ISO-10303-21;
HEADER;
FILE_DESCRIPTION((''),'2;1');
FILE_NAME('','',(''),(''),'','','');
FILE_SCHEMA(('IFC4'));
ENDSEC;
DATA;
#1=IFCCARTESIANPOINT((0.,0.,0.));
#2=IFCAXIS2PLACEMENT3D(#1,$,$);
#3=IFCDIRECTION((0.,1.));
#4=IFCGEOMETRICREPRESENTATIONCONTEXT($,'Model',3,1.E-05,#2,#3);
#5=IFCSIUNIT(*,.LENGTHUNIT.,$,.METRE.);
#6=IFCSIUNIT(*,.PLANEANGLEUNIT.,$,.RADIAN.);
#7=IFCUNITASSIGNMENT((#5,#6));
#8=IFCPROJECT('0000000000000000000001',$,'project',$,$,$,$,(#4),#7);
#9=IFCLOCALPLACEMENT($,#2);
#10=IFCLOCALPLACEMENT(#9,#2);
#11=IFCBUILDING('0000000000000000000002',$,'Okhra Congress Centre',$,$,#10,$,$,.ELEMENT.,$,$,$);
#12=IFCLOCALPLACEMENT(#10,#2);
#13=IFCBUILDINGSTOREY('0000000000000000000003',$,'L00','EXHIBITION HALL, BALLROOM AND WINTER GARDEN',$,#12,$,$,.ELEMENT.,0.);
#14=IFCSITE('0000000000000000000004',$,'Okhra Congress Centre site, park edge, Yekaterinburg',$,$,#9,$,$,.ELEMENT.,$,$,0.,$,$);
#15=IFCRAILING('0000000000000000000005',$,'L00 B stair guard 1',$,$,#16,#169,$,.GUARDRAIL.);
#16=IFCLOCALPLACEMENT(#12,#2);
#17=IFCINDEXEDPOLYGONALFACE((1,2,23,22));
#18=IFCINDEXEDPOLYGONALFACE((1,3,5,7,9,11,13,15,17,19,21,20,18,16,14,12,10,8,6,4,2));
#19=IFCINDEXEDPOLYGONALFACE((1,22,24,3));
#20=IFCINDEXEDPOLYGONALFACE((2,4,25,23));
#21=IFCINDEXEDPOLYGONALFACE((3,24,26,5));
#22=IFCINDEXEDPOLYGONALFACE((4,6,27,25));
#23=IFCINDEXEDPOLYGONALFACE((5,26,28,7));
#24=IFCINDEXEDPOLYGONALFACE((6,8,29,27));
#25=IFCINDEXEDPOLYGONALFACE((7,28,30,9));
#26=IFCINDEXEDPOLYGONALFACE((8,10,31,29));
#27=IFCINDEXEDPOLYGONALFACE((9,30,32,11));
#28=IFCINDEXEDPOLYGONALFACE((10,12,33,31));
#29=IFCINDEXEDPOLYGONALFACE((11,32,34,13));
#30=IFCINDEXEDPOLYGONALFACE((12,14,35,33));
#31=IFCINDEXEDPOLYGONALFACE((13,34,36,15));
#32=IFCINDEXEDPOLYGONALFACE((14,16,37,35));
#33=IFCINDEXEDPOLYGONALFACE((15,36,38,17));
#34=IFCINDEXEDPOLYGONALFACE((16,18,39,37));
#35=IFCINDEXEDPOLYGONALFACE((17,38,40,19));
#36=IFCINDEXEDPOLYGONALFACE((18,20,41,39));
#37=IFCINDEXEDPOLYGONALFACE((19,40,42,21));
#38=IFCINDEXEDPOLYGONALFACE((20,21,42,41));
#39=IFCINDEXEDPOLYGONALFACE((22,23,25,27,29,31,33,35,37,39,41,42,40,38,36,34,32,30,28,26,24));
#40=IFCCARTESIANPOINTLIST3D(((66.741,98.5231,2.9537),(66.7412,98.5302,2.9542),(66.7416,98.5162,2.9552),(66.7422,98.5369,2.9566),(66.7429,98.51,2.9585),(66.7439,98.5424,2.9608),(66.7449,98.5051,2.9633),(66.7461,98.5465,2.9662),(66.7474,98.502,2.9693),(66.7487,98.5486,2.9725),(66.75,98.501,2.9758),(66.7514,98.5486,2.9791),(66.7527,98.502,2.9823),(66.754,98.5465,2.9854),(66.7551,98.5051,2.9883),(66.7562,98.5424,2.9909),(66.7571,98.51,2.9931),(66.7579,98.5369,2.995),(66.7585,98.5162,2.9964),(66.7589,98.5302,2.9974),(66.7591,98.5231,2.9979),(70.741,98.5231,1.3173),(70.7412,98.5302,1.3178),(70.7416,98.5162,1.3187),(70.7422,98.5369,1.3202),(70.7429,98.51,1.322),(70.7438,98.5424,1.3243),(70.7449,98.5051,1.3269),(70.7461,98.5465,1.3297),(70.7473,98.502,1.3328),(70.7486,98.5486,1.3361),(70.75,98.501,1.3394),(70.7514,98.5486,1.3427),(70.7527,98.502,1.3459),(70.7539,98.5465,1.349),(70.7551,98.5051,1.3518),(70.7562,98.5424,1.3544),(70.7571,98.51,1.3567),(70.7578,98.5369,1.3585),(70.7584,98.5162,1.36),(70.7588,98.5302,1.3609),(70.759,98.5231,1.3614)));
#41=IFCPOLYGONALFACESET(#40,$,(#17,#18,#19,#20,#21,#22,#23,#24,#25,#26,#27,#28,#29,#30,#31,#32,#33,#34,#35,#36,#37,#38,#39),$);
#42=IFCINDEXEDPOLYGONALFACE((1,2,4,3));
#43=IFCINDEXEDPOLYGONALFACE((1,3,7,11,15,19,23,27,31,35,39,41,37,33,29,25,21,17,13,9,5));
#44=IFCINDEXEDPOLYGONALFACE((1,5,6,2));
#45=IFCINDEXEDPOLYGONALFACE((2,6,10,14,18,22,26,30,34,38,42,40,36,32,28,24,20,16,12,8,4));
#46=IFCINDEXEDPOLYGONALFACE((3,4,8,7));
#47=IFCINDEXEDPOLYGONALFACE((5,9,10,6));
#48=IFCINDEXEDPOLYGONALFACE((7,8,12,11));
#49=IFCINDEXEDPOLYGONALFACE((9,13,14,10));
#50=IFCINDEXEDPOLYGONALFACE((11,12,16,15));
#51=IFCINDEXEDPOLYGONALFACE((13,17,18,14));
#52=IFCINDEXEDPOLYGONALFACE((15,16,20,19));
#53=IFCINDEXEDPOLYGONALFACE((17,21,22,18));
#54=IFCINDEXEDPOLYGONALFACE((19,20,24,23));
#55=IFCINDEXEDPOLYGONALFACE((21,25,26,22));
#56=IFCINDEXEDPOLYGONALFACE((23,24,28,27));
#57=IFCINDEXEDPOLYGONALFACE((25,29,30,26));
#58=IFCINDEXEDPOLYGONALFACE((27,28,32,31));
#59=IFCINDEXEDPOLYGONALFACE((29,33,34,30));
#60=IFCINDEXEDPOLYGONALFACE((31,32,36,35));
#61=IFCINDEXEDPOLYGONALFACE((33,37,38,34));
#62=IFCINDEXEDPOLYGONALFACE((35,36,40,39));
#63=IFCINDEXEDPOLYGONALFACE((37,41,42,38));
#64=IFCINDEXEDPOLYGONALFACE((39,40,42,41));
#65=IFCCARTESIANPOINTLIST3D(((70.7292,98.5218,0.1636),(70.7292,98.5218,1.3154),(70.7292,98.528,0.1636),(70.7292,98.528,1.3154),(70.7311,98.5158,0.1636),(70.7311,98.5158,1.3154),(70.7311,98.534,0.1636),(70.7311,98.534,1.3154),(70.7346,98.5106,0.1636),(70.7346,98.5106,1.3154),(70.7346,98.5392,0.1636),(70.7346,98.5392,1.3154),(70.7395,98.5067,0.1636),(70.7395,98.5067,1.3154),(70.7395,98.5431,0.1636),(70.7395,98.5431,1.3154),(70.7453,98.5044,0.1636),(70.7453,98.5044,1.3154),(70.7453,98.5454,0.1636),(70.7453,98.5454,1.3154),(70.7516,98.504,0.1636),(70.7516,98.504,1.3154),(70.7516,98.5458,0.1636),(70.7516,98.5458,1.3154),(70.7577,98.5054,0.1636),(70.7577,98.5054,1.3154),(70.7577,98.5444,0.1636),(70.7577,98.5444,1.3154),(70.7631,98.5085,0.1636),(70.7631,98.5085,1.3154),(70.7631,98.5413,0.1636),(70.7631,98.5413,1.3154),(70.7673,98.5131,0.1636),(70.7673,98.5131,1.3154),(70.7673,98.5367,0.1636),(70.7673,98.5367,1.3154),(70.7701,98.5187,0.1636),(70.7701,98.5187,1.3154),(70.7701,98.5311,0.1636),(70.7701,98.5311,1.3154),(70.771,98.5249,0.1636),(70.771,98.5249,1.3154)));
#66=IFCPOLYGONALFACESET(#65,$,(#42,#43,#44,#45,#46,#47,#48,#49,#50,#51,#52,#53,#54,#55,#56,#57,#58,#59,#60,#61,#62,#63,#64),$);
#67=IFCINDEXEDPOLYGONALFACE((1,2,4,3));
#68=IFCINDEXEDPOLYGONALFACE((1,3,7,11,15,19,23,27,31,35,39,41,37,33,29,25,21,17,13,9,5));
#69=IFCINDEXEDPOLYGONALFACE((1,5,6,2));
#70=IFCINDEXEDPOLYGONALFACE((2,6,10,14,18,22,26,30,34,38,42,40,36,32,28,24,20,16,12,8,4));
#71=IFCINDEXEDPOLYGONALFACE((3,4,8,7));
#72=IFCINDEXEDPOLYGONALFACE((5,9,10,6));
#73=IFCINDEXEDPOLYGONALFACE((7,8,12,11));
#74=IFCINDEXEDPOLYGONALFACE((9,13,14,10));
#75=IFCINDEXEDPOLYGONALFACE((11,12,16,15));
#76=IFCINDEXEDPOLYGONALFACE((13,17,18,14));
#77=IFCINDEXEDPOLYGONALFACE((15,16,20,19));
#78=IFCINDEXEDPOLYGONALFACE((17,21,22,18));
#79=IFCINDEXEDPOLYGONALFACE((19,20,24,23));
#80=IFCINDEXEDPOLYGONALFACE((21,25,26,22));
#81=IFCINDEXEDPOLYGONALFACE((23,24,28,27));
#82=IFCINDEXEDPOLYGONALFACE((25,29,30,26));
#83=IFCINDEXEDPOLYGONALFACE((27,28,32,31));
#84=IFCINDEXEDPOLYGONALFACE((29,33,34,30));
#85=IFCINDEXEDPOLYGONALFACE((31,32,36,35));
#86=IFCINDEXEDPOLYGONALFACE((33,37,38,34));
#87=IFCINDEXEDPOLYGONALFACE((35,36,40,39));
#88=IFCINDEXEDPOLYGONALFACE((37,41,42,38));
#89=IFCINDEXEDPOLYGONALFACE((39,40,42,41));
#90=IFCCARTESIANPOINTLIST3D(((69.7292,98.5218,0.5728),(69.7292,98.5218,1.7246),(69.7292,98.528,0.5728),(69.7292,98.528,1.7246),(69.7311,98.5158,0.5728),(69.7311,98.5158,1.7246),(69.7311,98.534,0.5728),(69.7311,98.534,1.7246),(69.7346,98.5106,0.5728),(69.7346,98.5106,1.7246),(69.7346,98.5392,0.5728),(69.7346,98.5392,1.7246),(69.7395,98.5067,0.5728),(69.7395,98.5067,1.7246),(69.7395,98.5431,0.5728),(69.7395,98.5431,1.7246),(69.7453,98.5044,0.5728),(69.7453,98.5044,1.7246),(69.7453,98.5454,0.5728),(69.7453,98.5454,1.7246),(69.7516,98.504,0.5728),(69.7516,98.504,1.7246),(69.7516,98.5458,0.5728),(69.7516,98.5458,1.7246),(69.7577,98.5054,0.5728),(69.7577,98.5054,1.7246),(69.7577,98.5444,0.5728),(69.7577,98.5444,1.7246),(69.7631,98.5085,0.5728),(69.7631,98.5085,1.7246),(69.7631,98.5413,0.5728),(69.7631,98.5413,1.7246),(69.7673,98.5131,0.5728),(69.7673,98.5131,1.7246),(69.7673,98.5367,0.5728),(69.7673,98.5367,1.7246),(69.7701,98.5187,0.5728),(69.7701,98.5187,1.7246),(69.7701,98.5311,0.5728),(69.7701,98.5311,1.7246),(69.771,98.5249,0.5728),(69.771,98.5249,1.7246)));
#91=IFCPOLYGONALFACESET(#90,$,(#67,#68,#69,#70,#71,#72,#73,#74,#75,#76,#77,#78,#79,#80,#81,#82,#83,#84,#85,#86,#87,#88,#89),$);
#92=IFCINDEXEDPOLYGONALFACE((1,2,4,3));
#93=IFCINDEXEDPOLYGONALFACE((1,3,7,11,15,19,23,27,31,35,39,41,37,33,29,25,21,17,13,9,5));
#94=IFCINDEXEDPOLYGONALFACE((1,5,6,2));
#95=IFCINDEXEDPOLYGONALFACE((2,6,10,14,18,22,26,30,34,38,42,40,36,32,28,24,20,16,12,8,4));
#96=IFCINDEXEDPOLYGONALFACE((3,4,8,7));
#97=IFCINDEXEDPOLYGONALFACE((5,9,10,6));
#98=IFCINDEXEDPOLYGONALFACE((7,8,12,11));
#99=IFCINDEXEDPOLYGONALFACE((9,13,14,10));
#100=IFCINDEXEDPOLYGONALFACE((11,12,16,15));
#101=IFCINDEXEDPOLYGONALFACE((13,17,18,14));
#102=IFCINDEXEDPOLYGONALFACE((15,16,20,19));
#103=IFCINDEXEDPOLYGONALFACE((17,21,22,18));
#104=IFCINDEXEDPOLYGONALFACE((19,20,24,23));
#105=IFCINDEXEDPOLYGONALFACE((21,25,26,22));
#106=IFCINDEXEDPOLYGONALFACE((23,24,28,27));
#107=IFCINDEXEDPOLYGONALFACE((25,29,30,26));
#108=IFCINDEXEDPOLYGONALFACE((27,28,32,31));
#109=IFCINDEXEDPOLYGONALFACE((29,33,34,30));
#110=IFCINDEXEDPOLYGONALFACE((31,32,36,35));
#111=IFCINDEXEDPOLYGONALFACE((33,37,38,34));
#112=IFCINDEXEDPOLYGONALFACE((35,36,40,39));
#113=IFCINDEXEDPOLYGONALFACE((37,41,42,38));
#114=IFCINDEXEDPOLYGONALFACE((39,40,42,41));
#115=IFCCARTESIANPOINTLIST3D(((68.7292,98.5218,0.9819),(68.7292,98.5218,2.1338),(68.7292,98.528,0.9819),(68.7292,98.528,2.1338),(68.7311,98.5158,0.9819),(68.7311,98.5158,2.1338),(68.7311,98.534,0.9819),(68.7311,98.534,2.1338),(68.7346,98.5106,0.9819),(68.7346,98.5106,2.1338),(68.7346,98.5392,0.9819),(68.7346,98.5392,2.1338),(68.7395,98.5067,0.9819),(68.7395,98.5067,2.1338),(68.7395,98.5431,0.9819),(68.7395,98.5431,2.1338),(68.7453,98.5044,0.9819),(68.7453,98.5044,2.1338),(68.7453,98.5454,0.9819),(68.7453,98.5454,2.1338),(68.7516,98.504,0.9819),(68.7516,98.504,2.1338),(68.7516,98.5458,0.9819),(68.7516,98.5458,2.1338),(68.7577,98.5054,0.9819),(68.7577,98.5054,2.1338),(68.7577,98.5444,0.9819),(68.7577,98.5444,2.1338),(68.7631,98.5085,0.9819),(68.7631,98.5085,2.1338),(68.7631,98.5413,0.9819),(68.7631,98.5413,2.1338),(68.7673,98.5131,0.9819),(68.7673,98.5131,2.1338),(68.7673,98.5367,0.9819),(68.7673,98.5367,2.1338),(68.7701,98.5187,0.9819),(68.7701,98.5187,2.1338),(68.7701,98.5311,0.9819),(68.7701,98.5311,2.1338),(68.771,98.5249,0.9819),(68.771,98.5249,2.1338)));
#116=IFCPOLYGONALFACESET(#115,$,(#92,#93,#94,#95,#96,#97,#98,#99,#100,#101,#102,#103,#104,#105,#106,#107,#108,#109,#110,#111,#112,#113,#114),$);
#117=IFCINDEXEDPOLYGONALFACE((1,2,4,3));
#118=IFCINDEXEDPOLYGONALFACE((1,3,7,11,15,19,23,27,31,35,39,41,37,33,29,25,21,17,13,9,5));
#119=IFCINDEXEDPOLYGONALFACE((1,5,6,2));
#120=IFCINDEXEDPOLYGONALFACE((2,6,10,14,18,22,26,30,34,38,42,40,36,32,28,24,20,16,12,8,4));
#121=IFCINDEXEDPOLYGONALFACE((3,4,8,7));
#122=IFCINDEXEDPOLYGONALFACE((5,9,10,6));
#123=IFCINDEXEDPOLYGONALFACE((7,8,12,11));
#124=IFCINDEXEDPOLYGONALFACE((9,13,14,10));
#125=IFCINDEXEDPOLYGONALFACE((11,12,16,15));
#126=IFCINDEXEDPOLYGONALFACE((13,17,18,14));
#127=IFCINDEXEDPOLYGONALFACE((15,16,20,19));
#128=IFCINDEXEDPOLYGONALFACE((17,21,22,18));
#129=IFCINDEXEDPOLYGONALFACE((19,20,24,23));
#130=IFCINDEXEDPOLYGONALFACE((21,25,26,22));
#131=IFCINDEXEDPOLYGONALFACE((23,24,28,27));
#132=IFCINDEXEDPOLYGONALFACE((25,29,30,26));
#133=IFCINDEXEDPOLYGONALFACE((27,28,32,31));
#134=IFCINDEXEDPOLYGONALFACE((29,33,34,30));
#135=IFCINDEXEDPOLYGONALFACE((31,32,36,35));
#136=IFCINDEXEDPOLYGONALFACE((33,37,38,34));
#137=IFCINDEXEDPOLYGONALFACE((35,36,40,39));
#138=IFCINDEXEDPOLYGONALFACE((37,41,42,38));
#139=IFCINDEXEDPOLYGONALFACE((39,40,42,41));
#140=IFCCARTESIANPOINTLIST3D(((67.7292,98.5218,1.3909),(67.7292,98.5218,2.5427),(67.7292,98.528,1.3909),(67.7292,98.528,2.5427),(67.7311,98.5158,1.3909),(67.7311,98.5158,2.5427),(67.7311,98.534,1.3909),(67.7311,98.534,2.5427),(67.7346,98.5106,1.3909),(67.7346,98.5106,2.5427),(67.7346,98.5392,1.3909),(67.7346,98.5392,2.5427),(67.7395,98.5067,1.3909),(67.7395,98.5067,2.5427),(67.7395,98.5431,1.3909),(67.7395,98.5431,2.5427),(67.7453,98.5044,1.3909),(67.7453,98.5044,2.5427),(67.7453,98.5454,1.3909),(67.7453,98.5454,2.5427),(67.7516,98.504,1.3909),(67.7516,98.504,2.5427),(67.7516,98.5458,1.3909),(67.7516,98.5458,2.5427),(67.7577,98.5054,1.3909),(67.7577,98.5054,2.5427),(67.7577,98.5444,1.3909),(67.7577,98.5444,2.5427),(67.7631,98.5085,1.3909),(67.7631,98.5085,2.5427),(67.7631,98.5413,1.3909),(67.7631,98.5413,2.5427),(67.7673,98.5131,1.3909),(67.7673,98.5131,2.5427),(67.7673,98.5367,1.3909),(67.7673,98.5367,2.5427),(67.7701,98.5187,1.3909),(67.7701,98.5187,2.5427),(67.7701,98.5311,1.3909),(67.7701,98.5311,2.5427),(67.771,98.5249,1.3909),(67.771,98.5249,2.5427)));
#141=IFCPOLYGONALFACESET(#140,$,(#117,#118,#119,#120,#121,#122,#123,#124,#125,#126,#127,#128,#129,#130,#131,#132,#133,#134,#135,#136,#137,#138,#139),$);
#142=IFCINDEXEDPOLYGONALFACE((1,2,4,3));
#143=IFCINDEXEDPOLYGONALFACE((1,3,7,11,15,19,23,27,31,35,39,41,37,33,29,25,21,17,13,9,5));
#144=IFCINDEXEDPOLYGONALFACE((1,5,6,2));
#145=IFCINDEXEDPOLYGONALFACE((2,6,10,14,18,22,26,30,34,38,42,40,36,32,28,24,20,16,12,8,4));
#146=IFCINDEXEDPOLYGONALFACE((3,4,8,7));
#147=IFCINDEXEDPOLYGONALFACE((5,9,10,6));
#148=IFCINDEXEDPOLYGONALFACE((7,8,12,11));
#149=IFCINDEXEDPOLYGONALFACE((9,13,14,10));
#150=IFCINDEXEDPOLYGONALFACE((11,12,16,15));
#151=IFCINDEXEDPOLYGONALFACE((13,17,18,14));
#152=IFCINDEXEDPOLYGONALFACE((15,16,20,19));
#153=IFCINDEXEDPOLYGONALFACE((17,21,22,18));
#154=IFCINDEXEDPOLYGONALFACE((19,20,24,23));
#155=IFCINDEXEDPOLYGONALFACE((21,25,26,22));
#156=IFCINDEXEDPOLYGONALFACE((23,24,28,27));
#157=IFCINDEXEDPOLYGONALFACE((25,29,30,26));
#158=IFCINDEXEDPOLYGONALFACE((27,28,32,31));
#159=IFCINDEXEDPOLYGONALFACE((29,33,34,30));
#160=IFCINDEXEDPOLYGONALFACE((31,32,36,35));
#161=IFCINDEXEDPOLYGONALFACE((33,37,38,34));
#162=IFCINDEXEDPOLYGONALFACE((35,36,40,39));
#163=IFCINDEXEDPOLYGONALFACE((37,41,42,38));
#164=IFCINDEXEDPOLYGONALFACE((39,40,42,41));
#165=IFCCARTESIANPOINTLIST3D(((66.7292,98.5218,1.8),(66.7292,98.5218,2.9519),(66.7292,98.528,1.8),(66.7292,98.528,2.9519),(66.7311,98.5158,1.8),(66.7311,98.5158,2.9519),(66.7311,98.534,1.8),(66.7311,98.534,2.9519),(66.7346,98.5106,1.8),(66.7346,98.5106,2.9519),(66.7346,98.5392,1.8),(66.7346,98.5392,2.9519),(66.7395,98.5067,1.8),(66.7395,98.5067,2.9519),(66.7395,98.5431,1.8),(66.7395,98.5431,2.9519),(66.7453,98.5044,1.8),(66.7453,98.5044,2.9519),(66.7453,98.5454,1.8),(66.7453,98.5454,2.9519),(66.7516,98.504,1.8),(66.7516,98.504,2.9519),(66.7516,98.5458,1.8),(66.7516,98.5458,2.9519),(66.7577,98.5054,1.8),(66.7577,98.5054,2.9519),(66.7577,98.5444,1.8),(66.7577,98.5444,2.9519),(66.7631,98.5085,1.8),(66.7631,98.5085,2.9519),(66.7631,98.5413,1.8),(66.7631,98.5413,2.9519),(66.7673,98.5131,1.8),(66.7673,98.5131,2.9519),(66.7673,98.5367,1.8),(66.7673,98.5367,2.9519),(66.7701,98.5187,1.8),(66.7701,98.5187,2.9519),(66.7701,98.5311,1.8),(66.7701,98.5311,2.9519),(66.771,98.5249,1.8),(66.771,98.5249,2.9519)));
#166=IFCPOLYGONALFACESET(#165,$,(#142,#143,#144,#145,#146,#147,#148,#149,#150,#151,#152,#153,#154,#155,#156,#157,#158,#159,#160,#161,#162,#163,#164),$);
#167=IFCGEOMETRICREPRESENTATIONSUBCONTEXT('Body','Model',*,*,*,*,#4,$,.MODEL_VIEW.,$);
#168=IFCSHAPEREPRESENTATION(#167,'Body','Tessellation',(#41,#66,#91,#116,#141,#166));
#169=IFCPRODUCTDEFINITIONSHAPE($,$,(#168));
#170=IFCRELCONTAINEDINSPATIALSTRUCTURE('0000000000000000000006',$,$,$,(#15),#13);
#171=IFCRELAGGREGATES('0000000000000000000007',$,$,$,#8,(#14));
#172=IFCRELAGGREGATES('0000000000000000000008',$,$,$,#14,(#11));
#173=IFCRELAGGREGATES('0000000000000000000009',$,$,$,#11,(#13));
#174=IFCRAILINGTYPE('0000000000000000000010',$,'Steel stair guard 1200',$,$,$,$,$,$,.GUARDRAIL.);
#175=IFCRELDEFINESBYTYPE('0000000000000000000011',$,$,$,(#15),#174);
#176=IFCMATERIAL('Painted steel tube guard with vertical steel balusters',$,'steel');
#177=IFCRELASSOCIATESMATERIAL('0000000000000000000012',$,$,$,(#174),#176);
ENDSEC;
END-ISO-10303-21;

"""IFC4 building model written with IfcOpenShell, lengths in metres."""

from ifc_helpers import new_model, si_unit, direction, frame, origin, origin_2d, place, context, subcontext, project, spatial, circle, extrude, material, type_object, element, save


model = new_model("IFC4")

# Units and contexts
model_context = context("Model", 3, precision=1e-05, world=origin(), true_north=direction((0.0, 1.0)))
body_context = subcontext(model_context, "Body", "Model", "MODEL_VIEW")
ifc_project = project(units=[si_unit("LENGTHUNIT", "METRE"), si_unit("PLANEANGLEUNIT", "RADIAN")], contexts=[model_context])

# Site, building, storey
site_placement = place(None, origin())
site = spatial("IfcSite", under=ifc_project, at=site_placement, Name="Okhra Congress Centre site, park edge, Yekaterinburg", CompositionType="ELEMENT", RefElevation=0.0)
building_placement = place(site_placement, origin())
building = spatial("IfcBuilding", under=site, at=building_placement, Name="Okhra Congress Centre", CompositionType="ELEMENT")
storey_placement = place(building_placement, origin())
storey = spatial("IfcBuildingStorey", under=building, at=storey_placement, Name="L00", Description="EXHIBITION HALL, BALLROOM AND WINTER GARDEN", CompositionType="ELEMENT", Elevation=0.0)

# Railing
ifc_material_1 = material(Name="Painted steel tube guard with vertical steel balusters", Category="steel")
railing_type_1 = type_object("IfcRailingType", Name="Steel stair guard 1200", PredefinedType="GUARDRAIL", material=ifc_material_1)
railing_1_placement = place(storey_placement, frame((70.75, 98.5249, 0.1636)))
element("IfcRailing", 1, at=railing_1_placement, inside=storey, type_object=railing_type_1, Name="L00 B stair guard 1", PredefinedType="GUARDRAIL", context=body_context, shape_type="SweptSolid", body=[
    extrude(circle(Radius=0.0239, at=origin_2d()), frame((0.0, 0.0, 1.1758), z_axis=(-0.925538, 0.0, 0.378655), x_axis=(0.0, -1.0, 0.0)), (0.0, 0.0, 1.0), 4.3218),
    extrude(circle(Radius=0.021, at=origin_2d()), origin(), (0.0, 0.0, 1.0), 1.1519),
    extrude(circle(Radius=0.021, at=origin_2d()), frame((-1.0, 0.0, 0.4092)), (0.0, 0.0, 1.0), 1.1519),
    extrude(circle(Radius=0.021, at=origin_2d()), frame((-2.0, 0.0, 0.8184)), (0.0, 0.0, 1.0), 1.1519),
    extrude(circle(Radius=0.021, at=origin_2d()), frame((-3.0, 0.0, 1.2273)), (0.0, 0.0, 1.0), 1.1519),
    extrude(circle(Radius=0.021, at=origin_2d()), frame((-4.0, 0.0, 1.6365)), (0.0, 0.0, 1.0), 1.1519),
])

save(model, "model.ifc")
